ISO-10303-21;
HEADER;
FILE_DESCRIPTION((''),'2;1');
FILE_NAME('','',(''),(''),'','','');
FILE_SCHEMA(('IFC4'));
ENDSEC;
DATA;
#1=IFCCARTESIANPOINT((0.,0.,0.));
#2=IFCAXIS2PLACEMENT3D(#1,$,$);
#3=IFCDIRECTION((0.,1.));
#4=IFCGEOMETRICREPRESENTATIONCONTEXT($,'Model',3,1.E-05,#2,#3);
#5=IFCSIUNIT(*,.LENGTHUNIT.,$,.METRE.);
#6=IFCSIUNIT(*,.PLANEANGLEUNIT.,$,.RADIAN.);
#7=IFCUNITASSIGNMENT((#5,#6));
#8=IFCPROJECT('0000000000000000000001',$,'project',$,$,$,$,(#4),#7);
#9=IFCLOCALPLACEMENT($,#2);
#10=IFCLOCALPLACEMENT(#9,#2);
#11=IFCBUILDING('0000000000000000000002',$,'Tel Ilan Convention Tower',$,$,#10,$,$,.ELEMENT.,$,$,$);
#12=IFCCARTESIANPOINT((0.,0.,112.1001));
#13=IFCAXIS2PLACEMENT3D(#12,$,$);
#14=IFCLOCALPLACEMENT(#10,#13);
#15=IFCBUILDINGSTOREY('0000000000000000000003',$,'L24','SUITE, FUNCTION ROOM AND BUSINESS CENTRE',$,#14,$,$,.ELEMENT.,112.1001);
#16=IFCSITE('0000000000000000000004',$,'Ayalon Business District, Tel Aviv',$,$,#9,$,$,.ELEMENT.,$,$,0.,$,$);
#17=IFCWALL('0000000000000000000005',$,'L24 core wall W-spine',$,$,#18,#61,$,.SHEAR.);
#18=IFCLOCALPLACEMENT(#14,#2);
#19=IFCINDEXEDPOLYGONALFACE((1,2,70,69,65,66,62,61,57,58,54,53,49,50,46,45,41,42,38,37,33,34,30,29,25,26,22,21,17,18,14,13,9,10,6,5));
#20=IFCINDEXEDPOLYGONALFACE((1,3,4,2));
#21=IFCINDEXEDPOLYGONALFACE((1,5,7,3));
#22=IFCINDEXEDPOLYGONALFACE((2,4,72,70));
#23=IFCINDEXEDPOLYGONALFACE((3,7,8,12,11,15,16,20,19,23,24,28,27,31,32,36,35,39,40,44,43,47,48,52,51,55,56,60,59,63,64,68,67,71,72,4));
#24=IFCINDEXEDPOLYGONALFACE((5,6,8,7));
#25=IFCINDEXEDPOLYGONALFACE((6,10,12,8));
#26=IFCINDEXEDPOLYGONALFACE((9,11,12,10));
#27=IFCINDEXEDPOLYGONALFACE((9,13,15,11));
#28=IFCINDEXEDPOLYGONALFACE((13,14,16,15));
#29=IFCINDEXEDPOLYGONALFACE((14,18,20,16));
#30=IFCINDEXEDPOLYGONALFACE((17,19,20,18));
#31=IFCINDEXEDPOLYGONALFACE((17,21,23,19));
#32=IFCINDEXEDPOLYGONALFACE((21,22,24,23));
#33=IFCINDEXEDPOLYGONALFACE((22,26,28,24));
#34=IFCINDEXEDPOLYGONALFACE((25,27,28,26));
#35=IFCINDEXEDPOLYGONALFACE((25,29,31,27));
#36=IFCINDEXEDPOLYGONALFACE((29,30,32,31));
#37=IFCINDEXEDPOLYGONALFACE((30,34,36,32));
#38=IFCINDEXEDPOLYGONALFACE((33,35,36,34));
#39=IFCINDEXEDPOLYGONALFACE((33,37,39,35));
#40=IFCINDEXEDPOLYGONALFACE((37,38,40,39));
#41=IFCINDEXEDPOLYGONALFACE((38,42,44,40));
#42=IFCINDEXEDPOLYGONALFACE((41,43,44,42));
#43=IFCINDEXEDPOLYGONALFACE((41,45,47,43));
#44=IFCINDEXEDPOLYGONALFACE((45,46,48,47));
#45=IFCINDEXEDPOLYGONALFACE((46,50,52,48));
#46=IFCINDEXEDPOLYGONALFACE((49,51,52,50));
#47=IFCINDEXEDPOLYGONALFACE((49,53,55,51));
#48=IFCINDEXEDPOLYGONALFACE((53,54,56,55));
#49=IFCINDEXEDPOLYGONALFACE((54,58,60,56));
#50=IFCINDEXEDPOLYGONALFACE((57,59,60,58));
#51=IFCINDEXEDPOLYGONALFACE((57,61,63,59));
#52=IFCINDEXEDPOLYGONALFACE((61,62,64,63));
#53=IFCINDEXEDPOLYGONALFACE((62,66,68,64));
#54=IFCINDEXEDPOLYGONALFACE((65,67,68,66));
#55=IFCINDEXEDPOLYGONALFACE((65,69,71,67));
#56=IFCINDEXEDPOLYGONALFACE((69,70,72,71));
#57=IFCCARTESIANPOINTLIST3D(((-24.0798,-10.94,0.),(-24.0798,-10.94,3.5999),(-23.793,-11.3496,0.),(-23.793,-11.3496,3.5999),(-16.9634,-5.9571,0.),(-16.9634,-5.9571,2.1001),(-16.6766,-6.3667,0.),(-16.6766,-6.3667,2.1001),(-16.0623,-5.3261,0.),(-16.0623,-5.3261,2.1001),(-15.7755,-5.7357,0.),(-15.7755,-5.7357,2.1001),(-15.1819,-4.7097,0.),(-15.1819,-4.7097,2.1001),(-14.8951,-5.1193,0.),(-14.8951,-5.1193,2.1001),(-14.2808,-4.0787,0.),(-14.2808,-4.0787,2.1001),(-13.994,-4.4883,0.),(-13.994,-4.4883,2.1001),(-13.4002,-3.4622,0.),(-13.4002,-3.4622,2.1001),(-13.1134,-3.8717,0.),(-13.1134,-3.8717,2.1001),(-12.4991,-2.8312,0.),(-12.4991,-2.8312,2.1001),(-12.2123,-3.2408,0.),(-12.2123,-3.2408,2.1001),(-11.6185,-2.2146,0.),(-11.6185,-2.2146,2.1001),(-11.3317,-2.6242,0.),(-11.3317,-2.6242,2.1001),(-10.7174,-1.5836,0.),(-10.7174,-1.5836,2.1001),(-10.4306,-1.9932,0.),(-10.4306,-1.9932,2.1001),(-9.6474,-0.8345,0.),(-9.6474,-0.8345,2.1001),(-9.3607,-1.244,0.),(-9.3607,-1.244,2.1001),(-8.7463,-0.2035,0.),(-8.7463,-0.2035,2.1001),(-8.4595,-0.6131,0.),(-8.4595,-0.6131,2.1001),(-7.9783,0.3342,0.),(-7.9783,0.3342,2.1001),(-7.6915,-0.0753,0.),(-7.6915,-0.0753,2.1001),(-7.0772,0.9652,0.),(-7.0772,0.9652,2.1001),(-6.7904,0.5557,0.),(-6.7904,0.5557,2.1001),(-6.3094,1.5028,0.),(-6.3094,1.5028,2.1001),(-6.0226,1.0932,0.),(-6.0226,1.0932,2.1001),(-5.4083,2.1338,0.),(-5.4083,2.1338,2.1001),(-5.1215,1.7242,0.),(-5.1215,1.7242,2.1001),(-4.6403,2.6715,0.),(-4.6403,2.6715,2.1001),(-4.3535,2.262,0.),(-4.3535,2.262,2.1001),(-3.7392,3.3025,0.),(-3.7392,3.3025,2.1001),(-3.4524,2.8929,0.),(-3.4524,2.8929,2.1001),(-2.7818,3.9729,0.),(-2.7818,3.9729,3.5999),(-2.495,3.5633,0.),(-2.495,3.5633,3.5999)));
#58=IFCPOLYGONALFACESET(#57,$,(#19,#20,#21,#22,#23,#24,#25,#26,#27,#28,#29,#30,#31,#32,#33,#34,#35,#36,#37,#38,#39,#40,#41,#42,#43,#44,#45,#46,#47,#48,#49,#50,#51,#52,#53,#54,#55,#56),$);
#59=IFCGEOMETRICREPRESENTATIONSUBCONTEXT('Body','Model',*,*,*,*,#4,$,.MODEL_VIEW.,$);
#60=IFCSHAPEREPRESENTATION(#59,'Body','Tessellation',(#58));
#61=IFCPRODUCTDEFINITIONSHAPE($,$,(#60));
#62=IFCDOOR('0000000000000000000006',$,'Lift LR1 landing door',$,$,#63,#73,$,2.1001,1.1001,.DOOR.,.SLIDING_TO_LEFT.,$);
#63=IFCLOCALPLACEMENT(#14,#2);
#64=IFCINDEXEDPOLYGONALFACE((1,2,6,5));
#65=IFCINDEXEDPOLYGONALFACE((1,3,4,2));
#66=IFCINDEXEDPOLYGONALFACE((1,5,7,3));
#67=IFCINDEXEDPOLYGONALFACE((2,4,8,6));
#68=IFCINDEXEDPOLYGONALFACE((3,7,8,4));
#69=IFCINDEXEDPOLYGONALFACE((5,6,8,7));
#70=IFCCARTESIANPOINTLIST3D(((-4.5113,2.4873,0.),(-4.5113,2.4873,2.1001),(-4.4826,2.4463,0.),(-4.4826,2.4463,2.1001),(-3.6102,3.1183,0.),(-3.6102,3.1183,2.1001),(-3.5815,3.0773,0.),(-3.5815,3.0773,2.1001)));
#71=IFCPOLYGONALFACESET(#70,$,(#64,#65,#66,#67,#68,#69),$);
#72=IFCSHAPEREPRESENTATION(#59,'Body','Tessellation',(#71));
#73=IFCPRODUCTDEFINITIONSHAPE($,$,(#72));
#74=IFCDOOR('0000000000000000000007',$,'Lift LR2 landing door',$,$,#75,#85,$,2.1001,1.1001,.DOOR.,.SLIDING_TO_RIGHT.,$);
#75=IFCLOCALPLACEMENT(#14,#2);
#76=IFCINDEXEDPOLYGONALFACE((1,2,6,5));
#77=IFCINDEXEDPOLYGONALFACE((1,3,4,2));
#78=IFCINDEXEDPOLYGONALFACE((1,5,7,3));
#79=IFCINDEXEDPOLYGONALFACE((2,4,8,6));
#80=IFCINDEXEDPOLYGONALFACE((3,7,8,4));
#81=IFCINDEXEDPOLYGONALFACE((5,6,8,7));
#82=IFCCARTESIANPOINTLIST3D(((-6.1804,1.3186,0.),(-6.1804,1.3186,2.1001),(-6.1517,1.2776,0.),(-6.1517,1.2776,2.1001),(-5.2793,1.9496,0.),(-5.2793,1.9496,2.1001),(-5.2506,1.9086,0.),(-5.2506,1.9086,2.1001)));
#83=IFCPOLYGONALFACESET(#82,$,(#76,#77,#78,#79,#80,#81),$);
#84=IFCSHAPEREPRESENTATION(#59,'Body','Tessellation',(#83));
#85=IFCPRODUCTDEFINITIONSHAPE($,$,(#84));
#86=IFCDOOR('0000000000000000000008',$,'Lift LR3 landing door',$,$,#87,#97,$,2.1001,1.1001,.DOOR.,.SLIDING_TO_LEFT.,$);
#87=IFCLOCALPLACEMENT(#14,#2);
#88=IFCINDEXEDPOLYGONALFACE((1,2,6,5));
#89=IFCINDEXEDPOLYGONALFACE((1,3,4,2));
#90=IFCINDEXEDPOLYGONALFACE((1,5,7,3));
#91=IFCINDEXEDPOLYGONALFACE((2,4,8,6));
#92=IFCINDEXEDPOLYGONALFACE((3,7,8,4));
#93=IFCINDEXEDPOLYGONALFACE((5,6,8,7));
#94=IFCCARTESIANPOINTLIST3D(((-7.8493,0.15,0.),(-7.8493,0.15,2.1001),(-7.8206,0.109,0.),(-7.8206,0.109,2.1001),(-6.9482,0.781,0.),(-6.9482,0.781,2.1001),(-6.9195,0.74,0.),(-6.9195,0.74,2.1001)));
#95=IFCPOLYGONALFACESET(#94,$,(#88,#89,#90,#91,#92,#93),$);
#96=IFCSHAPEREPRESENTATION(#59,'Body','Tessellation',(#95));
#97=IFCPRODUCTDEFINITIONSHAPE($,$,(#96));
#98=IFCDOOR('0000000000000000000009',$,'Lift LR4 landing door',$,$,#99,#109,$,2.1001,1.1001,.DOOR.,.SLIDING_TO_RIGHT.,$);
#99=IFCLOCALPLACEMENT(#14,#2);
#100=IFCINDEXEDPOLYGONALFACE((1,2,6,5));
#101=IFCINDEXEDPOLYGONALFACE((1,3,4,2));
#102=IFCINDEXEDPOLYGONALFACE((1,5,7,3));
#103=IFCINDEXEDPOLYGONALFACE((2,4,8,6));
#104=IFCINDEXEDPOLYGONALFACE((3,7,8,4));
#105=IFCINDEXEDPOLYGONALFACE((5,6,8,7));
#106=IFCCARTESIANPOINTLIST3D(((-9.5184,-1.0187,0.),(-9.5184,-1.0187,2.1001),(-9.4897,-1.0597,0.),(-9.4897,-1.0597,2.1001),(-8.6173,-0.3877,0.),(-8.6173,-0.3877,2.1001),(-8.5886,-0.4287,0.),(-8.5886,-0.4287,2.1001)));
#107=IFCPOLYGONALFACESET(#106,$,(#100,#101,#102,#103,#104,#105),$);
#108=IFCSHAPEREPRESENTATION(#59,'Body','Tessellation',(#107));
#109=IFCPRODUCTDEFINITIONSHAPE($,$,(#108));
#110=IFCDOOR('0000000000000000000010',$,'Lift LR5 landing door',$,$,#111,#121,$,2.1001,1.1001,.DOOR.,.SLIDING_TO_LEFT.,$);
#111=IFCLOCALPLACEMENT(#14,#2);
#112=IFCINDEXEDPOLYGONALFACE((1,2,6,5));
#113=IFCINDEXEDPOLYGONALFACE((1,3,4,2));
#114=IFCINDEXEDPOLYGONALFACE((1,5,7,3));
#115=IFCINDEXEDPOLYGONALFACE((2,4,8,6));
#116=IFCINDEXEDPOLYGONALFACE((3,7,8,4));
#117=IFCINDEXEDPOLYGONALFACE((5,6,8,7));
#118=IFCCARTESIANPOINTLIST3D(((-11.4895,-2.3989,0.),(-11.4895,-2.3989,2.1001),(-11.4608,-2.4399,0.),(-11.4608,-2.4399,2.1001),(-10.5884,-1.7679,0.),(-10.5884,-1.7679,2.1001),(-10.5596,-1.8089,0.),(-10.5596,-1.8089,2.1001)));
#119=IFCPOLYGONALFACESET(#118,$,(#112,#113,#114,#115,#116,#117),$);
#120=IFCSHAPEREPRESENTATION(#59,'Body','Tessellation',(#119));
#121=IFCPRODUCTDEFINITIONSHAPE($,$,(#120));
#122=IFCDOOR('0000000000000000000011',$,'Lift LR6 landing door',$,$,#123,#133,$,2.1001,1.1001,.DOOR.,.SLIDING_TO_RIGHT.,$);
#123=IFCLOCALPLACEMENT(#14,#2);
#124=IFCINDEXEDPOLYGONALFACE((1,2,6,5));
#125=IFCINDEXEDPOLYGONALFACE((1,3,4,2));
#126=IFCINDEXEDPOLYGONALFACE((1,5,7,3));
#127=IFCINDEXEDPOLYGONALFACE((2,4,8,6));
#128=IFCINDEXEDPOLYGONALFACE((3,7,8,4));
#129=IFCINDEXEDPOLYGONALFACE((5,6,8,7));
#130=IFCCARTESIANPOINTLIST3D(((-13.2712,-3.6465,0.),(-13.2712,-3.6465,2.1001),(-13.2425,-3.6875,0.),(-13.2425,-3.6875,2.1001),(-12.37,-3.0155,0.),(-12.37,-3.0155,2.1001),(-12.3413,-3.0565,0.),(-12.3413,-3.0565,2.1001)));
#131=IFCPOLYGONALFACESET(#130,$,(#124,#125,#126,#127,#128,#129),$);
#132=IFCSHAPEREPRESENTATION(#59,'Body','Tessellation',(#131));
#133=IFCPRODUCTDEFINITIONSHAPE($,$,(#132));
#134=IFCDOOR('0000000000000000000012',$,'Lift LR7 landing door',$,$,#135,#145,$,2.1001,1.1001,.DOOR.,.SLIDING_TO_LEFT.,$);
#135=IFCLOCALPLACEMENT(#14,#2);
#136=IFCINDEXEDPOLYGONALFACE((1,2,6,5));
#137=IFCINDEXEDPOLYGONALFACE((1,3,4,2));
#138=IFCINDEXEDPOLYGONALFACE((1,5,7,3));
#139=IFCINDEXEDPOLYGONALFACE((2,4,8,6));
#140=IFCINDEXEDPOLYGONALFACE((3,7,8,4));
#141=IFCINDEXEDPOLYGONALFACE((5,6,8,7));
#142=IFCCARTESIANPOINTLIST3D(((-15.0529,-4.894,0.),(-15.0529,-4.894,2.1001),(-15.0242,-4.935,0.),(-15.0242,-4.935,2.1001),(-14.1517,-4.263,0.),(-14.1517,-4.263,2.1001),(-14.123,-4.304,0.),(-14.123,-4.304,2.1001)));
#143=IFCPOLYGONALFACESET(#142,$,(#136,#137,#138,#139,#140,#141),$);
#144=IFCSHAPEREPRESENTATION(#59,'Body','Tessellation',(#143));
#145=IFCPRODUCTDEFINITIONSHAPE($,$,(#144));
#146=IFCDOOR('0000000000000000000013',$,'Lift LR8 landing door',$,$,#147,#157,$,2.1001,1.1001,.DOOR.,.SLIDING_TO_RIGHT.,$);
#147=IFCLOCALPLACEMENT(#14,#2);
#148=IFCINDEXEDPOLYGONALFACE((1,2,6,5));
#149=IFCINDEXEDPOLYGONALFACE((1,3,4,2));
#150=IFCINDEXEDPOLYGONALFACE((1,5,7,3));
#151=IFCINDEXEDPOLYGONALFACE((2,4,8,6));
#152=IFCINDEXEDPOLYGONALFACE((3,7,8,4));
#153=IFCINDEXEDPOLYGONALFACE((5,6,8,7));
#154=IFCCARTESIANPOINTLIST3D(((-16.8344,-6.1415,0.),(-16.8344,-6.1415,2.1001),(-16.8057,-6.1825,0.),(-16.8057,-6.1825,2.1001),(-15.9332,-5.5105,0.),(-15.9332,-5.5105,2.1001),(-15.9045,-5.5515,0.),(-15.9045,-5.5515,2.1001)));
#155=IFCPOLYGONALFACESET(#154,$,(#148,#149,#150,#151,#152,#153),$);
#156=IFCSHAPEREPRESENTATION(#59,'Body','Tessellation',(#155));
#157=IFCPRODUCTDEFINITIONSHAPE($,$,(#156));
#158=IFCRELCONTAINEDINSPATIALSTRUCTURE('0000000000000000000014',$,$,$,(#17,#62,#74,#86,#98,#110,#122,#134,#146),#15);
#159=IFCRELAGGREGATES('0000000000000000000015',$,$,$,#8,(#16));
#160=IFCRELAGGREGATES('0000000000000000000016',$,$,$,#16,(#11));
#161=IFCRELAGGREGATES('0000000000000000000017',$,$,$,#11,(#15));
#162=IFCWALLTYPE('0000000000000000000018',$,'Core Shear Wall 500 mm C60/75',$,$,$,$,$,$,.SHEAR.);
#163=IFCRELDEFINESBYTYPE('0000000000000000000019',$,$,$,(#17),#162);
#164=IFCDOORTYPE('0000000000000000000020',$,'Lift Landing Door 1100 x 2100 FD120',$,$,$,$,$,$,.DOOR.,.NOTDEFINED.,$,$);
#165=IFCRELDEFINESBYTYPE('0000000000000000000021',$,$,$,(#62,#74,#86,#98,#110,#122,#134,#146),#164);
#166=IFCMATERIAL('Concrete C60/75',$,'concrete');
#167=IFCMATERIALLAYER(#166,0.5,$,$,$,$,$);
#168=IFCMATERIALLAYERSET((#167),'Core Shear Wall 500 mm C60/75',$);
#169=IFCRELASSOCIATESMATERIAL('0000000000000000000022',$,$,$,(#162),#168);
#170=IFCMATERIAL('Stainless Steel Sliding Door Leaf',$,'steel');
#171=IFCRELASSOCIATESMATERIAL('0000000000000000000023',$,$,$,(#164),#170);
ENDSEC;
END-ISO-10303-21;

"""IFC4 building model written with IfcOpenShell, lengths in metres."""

from ifc_helpers import new_model, si_unit, direction, frame, frame_2d, origin, place, context, subcontext, project, spatial, polyline, rectangle, outline, extrude, material, layer, layer_set, type_object, element, fill, save


model = new_model("IFC4")

# Units and contexts
model_context = context("Model", 3, precision=1e-05, world=origin(), true_north=direction((0.0, 1.0)))
body_context = subcontext(model_context, "Body", "Model", "MODEL_VIEW")
ifc_project = project(units=[si_unit("LENGTHUNIT", "METRE"), si_unit("PLANEANGLEUNIT", "RADIAN")], contexts=[model_context])

# Site, building, storey
site_placement = place(None, origin())
site = spatial("IfcSite", under=ifc_project, at=site_placement, Name="Ayalon Business District, Tel Aviv", CompositionType="ELEMENT", RefElevation=0.0)
building_placement = place(site_placement, origin())
building = spatial("IfcBuilding", under=site, at=building_placement, Name="Tel Ilan Convention Tower", CompositionType="ELEMENT")
storey_placement = place(building_placement, frame((0.0, 0.0, 112.1001)))
storey = spatial("IfcBuildingStorey", under=building, at=storey_placement, Name="L24", Description="SUITE, FUNCTION ROOM AND BUSINESS CENTRE", CompositionType="ELEMENT", Elevation=112.1001)

# Wall, openings, doors
ifc_material_1 = material(Name="Concrete C60/75", Category="concrete")
ifc_layer_1 = layer(ifc_material_1, 0.5)
ifc_layer_set_1 = layer_set([ifc_layer_1], Name="Core Shear Wall 500 mm C60/75")
wall_type_1 = type_object("IfcWallType", Name="Core Shear Wall 500 mm C60/75", PredefinedType="SHEAR", material=ifc_layer_set_1)
wall_1_placement = place(storey_placement, frame((-2.6384, 3.7681, 0.0), z_axis=(0.0, 0.0, 1.0), x_axis=(-0.819149, -0.573581, 0.0)))
wall_1 = element("IfcWall", 1, at=wall_1_placement, inside=storey, type_object=wall_type_1, Name="L24 core wall W-spine", PredefinedType="SHEAR", context=body_context, shape_type="SweptSolid", body=[
    extrude(outline(polyline([(26.0, 0.2498), (0.0, 0.25), (0.0, -0.25), (26.0, -0.2502), (26.0, 0.2498)])), origin(), (0.0, 0.0, 1.0), 3.5999),
])
opening_1_placement = place(wall_1_placement, frame((1.1687, 0.0, 0.0)))
opening_1 = element("IfcOpeningElement", 2, at=opening_1_placement, cuts=wall_1, PredefinedType="OPENING", context=body_context, shape_type="SweptSolid", body=[
    extrude(rectangle(XDim=1.1001, YDim=2.1001, at=frame_2d((0.55, 1.05))), frame((0.0, 0.26, 0.0), z_axis=(0.0, -1.0, 0.0), x_axis=(1.0, 0.0, 0.0)), (0.0, 0.0, 1.0), 0.52),
])
opening_2_placement = place(wall_1_placement, frame((3.2063, 0.0, 0.0)))
opening_2 = element("IfcOpeningElement", 3, at=opening_2_placement, cuts=wall_1, PredefinedType="OPENING", context=body_context, shape_type="SweptSolid", body=[
    extrude(rectangle(XDim=1.1001, YDim=2.1001, at=frame_2d((0.55, 1.05))), frame((0.0, 0.26, 0.0), z_axis=(0.0, -1.0, 0.0), x_axis=(1.0, 0.0, 0.0)), (0.0, 0.0, 1.0), 0.52),
])
opening_3_placement = place(wall_1_placement, frame((5.2437, 0.0, 0.0)))
opening_3 = element("IfcOpeningElement", 4, at=opening_3_placement, cuts=wall_1, PredefinedType="OPENING", context=body_context, shape_type="SweptSolid", body=[
    extrude(rectangle(XDim=1.1001, YDim=2.1001, at=frame_2d((0.55, 1.05))), frame((0.0, 0.26, 0.0), z_axis=(0.0, -1.0, 0.0), x_axis=(1.0, 0.0, 0.0)), (0.0, 0.0, 1.0), 0.52),
])
opening_4_placement = place(wall_1_placement, frame((7.2812, 0.0, 0.0)))
opening_4 = element("IfcOpeningElement", 5, at=opening_4_placement, cuts=wall_1, PredefinedType="OPENING", context=body_context, shape_type="SweptSolid", body=[
    extrude(rectangle(XDim=1.1001, YDim=2.1001, at=frame_2d((0.55, 1.05))), frame((0.0, 0.26, 0.0), z_axis=(0.0, -1.0, 0.0), x_axis=(1.0, 0.0, 0.0)), (0.0, 0.0, 1.0), 0.52),
])
opening_5_placement = place(wall_1_placement, frame((9.6875, 0.0, 0.0)))
opening_5 = element("IfcOpeningElement", 6, at=opening_5_placement, cuts=wall_1, PredefinedType="OPENING", context=body_context, shape_type="SweptSolid", body=[
    extrude(rectangle(XDim=1.1001, YDim=2.1001, at=frame_2d((0.55, 1.05))), frame((0.0, 0.26, 0.0), z_axis=(0.0, -1.0, 0.0), x_axis=(1.0, 0.0, 0.0)), (0.0, 0.0, 1.0), 0.52),
])
opening_6_placement = place(wall_1_placement, frame((11.8625, 0.0, 0.0)))
opening_6 = element("IfcOpeningElement", 7, at=opening_6_placement, cuts=wall_1, PredefinedType="OPENING", context=body_context, shape_type="SweptSolid", body=[
    extrude(rectangle(XDim=1.1001, YDim=2.1001, at=frame_2d((0.55, 1.05))), frame((0.0, 0.26, 0.0), z_axis=(0.0, -1.0, 0.0), x_axis=(1.0, 0.0, 0.0)), (0.0, 0.0, 1.0), 0.52),
])
opening_7_placement = place(wall_1_placement, frame((14.0376, 0.0, 0.0)))
opening_7 = element("IfcOpeningElement", 8, at=opening_7_placement, cuts=wall_1, PredefinedType="OPENING", context=body_context, shape_type="SweptSolid", body=[
    extrude(rectangle(XDim=1.1001, YDim=2.1001, at=frame_2d((0.55, 1.05))), frame((0.0, 0.26, 0.0), z_axis=(0.0, -1.0, 0.0), x_axis=(1.0, 0.0, 0.0)), (0.0, 0.0, 1.0), 0.52),
])
opening_8_placement = place(wall_1_placement, frame((16.2124, 0.0, 0.0)))
opening_8 = element("IfcOpeningElement", 9, at=opening_8_placement, cuts=wall_1, PredefinedType="OPENING", context=body_context, shape_type="SweptSolid", body=[
    extrude(rectangle(XDim=1.1001, YDim=2.1001, at=frame_2d((0.55, 1.05))), frame((0.0, 0.26, 0.0), z_axis=(0.0, -1.0, 0.0), x_axis=(1.0, 0.0, 0.0)), (0.0, 0.0, 1.0), 0.52),
])
ifc_material_2 = material(Name="Stainless Steel Sliding Door Leaf", Category="steel")
door_type = type_object("IfcDoorType", Name="Lift Landing Door 1100 x 2100 FD120", OperationType="NOTDEFINED", PredefinedType="DOOR", material=ifc_material_2)
door_1_placement = place(opening_1_placement, origin())
door_1 = element("IfcDoor", 10, at=door_1_placement, inside=storey, type_object=door_type, Name="Lift LR1 landing door", OperationType="SLIDING_TO_LEFT", OverallHeight=2.1001, OverallWidth=1.1001, PredefinedType="DOOR", context=body_context, shape_type="SweptSolid", body=[
    extrude(rectangle(XDim=1.1001, YDim=2.1001, at=frame_2d((0.55, 1.05))), frame((0.0, 0.0249, 0.0), z_axis=(0.0, -1.0, 0.0), x_axis=(1.0, 0.0, 0.0)), (0.0, 0.0, 1.0), 0.05),
])
fill(opening_1, door_1)
door_2_placement = place(opening_2_placement, origin())
door_2 = element("IfcDoor", 11, at=door_2_placement, inside=storey, type_object=door_type, Name="Lift LR2 landing door", OperationType="SLIDING_TO_RIGHT", OverallHeight=2.1001, OverallWidth=1.1001, PredefinedType="DOOR", context=body_context, shape_type="SweptSolid", body=[
    extrude(rectangle(XDim=1.1001, YDim=2.1001, at=frame_2d((0.55, 1.05))), frame((0.0, 0.0249, 0.0), z_axis=(0.0, -1.0, 0.0), x_axis=(1.0, 0.0, 0.0)), (0.0, 0.0, 1.0), 0.05),
])
fill(opening_2, door_2)
door_3_placement = place(opening_3_placement, origin())
door_3 = element("IfcDoor", 12, at=door_3_placement, inside=storey, type_object=door_type, Name="Lift LR3 landing door", OperationType="SLIDING_TO_LEFT", OverallHeight=2.1001, OverallWidth=1.1001, PredefinedType="DOOR", context=body_context, shape_type="SweptSolid", body=[
    extrude(rectangle(XDim=1.1001, YDim=2.1001, at=frame_2d((0.55, 1.05))), frame((0.0, 0.0249, 0.0), z_axis=(0.0, -1.0, 0.0), x_axis=(1.0, 0.0, 0.0)), (0.0, 0.0, 1.0), 0.05),
])
fill(opening_3, door_3)
door_4_placement = place(opening_4_placement, origin())
door_4 = element("IfcDoor", 13, at=door_4_placement, inside=storey, type_object=door_type, Name="Lift LR4 landing door", OperationType="SLIDING_TO_RIGHT", OverallHeight=2.1001, OverallWidth=1.1001, PredefinedType="DOOR", context=body_context, shape_type="SweptSolid", body=[
    extrude(rectangle(XDim=1.1001, YDim=2.1001, at=frame_2d((0.55, 1.05))), frame((0.0, 0.0249, 0.0), z_axis=(0.0, -1.0, 0.0), x_axis=(1.0, 0.0, 0.0)), (0.0, 0.0, 1.0), 0.05),
])
fill(opening_4, door_4)
door_5_placement = place(opening_5_placement, origin())
door_5 = element("IfcDoor", 14, at=door_5_placement, inside=storey, type_object=door_type, Name="Lift LR5 landing door", OperationType="SLIDING_TO_LEFT", OverallHeight=2.1001, OverallWidth=1.1001, PredefinedType="DOOR", context=body_context, shape_type="SweptSolid", body=[
    extrude(rectangle(XDim=1.1001, YDim=2.1001, at=frame_2d((0.55, 1.05))), frame((0.0, 0.0249, 0.0), z_axis=(0.0, -1.0, 0.0), x_axis=(1.0, 0.0, 0.0)), (0.0, 0.0, 1.0), 0.05),
])
fill(opening_5, door_5)
door_6_placement = place(opening_6_placement, origin())
door_6 = element("IfcDoor", 15, at=door_6_placement, inside=storey, type_object=door_type, Name="Lift LR6 landing door", OperationType="SLIDING_TO_RIGHT", OverallHeight=2.1001, OverallWidth=1.1001, PredefinedType="DOOR", context=body_context, shape_type="SweptSolid", body=[
    extrude(rectangle(XDim=1.1001, YDim=2.1001, at=frame_2d((0.55, 1.05))), frame((0.0, 0.0249, 0.0), z_axis=(0.0, -1.0, 0.0), x_axis=(1.0, 0.0, 0.0)), (0.0, 0.0, 1.0), 0.05),
])
fill(opening_6, door_6)
door_7_placement = place(opening_7_placement, origin())
door_7 = element("IfcDoor", 16, at=door_7_placement, inside=storey, type_object=door_type, Name="Lift LR7 landing door", OperationType="SLIDING_TO_LEFT", OverallHeight=2.1001, OverallWidth=1.1001, PredefinedType="DOOR", context=body_context, shape_type="SweptSolid", body=[
    extrude(rectangle(XDim=1.1001, YDim=2.1001, at=frame_2d((0.55, 1.05))), frame((0.0, 0.0249, 0.0), z_axis=(0.0, -1.0, 0.0), x_axis=(1.0, 0.0, 0.0)), (0.0, 0.0, 1.0), 0.05),
])
fill(opening_7, door_7)
door_8_placement = place(opening_8_placement, origin())
door_8 = element("IfcDoor", 17, at=door_8_placement, inside=storey, type_object=door_type, Name="Lift LR8 landing door", OperationType="SLIDING_TO_RIGHT", OverallHeight=2.1001, OverallWidth=1.1001, PredefinedType="DOOR", context=body_context, shape_type="SweptSolid", body=[
    extrude(rectangle(XDim=1.1001, YDim=2.1001, at=frame_2d((0.55, 1.05))), frame((0.0, 0.0249, 0.0), z_axis=(0.0, -1.0, 0.0), x_axis=(1.0, 0.0, 0.0)), (0.0, 0.0, 1.0), 0.05),
])
fill(opening_8, door_8)

save(model, "model.ifc")
